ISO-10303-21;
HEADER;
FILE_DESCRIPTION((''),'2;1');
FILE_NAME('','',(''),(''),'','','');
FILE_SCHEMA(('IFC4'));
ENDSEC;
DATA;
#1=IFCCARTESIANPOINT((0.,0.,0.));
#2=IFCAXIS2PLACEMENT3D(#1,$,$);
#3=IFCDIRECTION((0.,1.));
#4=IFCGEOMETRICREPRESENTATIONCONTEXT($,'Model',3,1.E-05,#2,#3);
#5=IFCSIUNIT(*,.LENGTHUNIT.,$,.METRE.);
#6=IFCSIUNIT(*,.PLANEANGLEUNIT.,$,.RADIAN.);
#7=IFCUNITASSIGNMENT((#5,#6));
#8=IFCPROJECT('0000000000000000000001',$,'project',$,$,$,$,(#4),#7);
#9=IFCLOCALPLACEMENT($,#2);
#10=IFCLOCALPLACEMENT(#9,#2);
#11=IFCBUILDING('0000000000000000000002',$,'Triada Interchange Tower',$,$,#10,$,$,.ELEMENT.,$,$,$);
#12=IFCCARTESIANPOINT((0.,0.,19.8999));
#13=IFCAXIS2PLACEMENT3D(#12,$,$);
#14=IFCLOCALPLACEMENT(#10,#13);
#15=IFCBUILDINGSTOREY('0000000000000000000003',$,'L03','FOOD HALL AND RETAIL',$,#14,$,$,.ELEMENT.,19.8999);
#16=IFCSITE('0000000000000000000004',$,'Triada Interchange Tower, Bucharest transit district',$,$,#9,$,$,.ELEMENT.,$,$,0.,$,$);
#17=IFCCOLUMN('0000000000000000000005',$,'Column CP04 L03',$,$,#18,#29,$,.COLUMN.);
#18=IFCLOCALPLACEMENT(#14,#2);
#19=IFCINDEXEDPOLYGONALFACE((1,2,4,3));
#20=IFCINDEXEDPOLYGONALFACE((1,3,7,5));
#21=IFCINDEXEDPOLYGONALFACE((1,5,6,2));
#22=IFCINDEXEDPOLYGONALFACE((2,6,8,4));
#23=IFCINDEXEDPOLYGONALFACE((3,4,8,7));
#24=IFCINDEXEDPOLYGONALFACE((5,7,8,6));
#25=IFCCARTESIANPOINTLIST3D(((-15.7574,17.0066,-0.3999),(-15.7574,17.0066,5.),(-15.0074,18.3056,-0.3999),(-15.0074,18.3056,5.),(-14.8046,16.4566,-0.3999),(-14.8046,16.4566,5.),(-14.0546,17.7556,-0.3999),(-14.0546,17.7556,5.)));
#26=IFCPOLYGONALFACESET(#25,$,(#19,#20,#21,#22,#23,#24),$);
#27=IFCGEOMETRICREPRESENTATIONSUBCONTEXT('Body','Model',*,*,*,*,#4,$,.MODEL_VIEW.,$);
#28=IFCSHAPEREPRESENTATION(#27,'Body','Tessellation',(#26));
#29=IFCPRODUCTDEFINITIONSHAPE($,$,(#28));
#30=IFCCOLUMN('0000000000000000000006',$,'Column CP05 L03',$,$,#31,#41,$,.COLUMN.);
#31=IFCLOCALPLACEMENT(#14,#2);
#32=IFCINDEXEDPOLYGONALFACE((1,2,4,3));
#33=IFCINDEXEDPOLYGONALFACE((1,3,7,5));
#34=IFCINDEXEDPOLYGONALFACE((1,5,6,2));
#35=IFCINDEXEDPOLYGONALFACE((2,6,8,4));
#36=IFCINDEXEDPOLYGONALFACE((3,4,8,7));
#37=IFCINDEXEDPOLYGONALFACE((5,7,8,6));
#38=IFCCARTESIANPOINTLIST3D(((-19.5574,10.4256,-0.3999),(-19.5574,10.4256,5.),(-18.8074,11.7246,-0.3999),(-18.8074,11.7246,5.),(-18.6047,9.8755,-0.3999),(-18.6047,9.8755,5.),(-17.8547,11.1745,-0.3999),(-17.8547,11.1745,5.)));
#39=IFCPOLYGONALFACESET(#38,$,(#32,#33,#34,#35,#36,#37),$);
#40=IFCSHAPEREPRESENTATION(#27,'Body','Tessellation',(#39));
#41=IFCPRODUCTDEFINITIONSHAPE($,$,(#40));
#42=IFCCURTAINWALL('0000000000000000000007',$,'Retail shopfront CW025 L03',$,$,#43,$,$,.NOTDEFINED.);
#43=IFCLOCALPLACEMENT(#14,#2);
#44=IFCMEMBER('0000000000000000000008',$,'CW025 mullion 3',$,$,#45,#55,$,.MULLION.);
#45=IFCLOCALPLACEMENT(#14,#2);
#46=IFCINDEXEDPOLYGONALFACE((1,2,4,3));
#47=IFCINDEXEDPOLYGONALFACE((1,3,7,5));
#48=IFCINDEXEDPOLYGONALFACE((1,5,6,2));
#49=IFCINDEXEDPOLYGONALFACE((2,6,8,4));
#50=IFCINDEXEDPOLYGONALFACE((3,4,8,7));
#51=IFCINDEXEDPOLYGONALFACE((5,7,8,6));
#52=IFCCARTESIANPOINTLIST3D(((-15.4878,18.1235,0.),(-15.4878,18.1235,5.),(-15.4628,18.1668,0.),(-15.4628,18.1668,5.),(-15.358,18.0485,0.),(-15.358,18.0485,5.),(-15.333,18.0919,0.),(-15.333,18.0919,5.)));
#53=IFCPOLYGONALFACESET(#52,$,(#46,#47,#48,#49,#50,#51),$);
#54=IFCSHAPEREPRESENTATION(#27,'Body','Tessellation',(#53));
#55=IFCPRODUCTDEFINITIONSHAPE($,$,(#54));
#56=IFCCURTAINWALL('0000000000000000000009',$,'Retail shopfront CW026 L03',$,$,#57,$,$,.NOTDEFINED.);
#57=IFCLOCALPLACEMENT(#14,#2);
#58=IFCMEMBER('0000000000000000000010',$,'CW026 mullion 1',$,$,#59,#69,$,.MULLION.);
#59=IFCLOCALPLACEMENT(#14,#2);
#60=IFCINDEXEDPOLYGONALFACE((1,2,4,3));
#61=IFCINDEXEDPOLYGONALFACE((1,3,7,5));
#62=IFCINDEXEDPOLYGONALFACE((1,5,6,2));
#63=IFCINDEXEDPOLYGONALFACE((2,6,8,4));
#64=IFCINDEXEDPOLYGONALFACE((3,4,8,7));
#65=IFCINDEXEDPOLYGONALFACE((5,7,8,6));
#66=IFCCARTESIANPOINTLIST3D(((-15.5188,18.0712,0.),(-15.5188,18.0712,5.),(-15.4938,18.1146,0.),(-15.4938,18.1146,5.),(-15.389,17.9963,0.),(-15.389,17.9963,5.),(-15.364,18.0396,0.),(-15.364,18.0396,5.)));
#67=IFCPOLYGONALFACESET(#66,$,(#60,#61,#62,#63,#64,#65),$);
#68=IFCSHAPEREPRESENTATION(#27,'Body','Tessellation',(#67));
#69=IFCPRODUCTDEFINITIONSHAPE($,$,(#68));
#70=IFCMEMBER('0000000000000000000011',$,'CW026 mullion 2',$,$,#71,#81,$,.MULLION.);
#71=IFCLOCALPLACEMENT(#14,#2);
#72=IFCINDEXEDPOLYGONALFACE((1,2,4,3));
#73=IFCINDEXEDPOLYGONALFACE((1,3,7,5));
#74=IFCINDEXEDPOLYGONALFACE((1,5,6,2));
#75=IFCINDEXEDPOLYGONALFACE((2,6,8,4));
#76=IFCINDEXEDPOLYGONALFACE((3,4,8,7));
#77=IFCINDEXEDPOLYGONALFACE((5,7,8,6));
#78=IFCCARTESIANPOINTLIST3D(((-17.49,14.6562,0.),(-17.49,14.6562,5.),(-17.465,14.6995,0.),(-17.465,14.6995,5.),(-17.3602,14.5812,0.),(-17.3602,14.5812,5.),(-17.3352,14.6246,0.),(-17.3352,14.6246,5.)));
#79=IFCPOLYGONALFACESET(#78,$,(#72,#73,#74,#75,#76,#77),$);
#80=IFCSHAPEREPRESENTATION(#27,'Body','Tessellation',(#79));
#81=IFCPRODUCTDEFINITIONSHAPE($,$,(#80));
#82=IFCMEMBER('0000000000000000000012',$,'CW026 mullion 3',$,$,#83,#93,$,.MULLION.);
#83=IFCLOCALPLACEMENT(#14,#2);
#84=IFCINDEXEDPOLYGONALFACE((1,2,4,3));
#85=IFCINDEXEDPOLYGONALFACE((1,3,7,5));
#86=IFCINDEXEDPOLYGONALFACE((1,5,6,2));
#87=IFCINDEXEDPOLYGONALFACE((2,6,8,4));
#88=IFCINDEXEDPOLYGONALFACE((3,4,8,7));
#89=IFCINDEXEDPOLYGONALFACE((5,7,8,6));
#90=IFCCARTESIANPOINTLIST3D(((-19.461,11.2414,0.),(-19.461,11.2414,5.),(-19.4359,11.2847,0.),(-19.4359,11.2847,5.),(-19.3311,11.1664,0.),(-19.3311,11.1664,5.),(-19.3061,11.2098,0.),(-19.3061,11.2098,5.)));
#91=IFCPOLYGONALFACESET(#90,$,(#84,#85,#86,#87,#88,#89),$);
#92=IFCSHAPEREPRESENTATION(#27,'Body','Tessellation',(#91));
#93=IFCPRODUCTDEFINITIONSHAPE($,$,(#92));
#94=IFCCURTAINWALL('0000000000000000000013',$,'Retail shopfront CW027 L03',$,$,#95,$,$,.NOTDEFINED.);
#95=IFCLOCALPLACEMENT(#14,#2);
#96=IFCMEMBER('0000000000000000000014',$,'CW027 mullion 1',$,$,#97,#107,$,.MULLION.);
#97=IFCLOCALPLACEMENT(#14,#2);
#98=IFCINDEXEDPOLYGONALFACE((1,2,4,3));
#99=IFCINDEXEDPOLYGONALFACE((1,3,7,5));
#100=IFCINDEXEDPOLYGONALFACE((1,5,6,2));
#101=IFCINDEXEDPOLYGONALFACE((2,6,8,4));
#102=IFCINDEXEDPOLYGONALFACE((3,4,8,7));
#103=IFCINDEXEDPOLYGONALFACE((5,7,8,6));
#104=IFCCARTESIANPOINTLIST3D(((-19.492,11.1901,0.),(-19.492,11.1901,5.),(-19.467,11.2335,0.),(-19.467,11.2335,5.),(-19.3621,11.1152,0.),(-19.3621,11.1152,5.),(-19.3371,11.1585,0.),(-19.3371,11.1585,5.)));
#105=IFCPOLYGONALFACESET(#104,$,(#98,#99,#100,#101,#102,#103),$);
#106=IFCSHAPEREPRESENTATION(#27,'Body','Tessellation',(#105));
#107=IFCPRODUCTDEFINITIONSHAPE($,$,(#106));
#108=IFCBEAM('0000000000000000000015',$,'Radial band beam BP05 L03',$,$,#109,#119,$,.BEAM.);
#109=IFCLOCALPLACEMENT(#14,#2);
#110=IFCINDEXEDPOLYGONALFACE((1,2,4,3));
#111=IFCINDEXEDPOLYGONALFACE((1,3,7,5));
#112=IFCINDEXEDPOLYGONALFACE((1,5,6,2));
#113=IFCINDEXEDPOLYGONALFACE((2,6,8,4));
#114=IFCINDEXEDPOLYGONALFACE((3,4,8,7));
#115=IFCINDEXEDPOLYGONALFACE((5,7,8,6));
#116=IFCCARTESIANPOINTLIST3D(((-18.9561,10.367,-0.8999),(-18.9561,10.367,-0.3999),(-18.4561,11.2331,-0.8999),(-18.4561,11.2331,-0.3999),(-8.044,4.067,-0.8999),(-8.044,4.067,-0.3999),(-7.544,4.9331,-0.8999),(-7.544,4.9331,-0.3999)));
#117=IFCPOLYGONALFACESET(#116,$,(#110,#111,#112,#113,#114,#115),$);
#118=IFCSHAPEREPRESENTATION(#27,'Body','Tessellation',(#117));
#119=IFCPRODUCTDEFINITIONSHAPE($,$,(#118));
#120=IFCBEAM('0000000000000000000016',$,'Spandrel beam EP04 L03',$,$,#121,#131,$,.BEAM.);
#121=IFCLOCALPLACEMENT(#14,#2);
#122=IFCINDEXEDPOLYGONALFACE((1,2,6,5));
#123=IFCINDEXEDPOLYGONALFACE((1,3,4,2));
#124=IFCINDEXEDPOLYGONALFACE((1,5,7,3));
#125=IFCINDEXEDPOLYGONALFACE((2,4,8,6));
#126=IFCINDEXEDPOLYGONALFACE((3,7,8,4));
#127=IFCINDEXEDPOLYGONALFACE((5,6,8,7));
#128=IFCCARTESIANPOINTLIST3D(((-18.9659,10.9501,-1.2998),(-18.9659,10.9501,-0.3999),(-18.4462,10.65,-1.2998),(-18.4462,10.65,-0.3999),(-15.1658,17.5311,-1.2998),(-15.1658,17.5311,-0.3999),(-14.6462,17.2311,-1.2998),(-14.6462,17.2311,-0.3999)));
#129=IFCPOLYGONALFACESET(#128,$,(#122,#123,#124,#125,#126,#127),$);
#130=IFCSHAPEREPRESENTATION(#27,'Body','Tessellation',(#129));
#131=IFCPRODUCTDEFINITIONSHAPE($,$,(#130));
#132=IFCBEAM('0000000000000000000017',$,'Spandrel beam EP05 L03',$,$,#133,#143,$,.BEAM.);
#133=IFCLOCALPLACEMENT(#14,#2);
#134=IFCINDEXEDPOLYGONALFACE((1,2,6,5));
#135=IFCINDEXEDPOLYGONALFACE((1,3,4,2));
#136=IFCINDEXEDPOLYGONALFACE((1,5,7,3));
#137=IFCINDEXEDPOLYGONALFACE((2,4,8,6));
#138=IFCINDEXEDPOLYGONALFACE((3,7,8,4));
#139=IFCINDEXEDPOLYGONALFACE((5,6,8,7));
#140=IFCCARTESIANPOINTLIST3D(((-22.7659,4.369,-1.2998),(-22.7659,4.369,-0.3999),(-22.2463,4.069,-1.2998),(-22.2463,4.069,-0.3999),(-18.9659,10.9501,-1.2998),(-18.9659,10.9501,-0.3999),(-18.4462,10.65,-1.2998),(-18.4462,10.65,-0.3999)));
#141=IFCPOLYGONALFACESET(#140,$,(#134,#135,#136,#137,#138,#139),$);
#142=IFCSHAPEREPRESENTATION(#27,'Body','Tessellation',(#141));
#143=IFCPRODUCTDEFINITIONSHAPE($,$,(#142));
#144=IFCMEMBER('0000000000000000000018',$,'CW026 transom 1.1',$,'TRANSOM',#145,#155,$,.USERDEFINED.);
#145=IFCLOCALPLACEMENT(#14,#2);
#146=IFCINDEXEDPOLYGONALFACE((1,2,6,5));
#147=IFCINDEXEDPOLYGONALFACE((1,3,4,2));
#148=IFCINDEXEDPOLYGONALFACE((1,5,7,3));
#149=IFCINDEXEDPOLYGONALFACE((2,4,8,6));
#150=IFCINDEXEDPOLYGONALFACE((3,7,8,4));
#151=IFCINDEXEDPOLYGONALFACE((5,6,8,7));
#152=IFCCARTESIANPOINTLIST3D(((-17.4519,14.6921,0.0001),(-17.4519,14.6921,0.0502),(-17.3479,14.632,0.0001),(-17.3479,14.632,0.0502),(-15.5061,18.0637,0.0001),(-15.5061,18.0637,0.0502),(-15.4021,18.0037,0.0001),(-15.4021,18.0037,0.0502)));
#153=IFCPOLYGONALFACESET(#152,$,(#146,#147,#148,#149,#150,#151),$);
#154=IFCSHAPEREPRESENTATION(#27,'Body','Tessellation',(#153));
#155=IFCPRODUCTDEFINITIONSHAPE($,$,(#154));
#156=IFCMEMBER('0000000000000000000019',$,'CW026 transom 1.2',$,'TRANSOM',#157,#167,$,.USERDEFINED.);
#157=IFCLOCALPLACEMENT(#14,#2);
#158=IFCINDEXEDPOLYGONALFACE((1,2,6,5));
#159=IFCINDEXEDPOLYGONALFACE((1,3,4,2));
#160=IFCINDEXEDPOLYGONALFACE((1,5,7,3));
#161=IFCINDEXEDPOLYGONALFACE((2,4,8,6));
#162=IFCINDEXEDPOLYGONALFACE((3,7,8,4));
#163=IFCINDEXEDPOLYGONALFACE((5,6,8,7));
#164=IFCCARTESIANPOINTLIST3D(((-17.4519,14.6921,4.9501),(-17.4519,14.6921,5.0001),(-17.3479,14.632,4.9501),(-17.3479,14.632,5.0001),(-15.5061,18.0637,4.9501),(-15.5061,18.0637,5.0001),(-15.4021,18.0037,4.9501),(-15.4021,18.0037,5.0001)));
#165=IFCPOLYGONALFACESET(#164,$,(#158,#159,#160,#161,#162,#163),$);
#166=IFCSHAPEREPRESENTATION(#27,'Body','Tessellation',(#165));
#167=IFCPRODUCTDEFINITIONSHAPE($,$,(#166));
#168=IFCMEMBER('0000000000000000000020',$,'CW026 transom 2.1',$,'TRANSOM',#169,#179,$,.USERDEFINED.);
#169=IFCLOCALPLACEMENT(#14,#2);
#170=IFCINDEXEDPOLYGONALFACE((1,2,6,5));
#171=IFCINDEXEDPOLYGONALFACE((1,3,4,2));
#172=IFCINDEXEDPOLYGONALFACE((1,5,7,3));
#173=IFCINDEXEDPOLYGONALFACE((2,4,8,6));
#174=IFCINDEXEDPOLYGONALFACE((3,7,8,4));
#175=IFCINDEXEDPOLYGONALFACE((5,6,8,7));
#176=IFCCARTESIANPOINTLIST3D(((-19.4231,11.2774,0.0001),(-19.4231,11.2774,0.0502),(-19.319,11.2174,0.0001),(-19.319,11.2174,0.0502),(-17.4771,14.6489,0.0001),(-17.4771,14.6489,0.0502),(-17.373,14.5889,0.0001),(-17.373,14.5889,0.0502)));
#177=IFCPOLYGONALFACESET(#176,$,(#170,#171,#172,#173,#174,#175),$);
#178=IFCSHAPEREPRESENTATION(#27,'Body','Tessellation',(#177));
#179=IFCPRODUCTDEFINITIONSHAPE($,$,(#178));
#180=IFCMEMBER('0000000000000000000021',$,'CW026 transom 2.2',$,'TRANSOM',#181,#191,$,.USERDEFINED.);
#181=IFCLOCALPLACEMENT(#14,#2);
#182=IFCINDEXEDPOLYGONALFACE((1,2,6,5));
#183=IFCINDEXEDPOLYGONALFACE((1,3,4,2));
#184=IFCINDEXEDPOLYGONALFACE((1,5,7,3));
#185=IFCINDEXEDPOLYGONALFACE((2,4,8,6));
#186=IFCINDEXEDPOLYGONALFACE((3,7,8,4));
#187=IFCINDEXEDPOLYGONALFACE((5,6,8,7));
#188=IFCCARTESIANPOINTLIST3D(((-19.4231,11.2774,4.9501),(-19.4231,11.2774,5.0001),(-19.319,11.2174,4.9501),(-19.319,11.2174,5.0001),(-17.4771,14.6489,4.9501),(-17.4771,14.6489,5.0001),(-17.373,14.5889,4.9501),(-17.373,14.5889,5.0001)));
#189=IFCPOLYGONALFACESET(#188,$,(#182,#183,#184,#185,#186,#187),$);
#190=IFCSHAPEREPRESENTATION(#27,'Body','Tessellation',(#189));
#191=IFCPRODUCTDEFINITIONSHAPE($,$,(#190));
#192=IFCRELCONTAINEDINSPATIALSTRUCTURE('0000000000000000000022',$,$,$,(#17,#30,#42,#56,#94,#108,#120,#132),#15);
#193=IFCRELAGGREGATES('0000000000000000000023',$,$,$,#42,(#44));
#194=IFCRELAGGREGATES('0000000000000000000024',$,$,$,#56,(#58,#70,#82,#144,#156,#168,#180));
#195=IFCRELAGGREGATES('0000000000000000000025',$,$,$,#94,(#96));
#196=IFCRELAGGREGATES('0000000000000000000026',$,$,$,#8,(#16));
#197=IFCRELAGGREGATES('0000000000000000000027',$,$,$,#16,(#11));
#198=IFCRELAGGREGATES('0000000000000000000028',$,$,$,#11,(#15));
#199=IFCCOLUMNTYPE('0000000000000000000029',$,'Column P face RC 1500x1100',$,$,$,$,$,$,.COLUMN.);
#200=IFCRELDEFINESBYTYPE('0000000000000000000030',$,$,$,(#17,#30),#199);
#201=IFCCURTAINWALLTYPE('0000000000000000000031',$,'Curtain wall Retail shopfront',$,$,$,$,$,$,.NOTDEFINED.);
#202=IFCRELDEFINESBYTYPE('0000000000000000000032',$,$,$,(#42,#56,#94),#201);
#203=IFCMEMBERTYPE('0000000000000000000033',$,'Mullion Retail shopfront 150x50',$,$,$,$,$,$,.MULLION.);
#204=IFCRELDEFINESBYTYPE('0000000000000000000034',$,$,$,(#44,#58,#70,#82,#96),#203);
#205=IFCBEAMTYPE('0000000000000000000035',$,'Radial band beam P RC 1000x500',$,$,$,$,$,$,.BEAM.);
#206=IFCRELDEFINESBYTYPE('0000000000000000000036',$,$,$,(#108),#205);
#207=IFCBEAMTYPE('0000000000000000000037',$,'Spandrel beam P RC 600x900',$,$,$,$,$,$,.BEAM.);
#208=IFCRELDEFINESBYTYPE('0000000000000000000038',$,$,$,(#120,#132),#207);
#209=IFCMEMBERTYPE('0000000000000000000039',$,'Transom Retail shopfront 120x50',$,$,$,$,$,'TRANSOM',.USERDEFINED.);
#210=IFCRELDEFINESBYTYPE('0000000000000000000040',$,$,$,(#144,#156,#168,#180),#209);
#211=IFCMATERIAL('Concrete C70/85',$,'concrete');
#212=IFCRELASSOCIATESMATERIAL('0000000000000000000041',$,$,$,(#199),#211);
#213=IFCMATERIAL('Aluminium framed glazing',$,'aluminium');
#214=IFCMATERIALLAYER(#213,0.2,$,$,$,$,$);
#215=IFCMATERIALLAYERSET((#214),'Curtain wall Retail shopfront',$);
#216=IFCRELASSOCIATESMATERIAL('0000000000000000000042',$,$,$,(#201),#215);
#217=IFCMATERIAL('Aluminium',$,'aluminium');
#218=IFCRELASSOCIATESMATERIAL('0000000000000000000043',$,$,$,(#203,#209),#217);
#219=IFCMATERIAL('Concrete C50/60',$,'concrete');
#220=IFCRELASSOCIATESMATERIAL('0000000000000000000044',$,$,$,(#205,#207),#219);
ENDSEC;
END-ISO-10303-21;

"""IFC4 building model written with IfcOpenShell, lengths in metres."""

from ifc_helpers import new_model, si_unit, direction, frame, origin, origin_2d, place, context, subcontext, project, spatial, rectangle, extrude, material, layer, layer_set, material_profile, profile_set, type_object, element, aggregate, save


model = new_model("IFC4")

# Units and contexts
model_context = context("Model", 3, precision=1e-05, world=origin(), true_north=direction((0.0, 1.0)))
body_context = subcontext(model_context, "Body", "Model", "MODEL_VIEW")
ifc_project = project(units=[si_unit("LENGTHUNIT", "METRE"), si_unit("PLANEANGLEUNIT", "RADIAN")], contexts=[model_context])

# Site, building, storey
site_placement = place(None, origin())
site = spatial("IfcSite", under=ifc_project, at=site_placement, Name="Triada Interchange Tower, Bucharest transit district", CompositionType="ELEMENT", RefElevation=0.0)
building_placement = place(site_placement, origin())
building = spatial("IfcBuilding", under=site, at=building_placement, Name="Triada Interchange Tower", CompositionType="ELEMENT")
storey_placement = place(building_placement, frame((0.0, 0.0, 19.8999)))
storey = spatial("IfcBuildingStorey", under=building, at=storey_placement, Name="L03", Description="FOOD HALL AND RETAIL", CompositionType="ELEMENT", Elevation=19.8999)

# Columns
ifc_material_1 = material(Name="Concrete C70/85", Category="concrete")
ifc_material_profile_1 = material_profile(ifc_material_1, rectangle(XDim=1.5, YDim=1.1001, at=origin_2d()), Name="RC 1500x1100")
ifc_profile_set_1 = profile_set([ifc_material_profile_1], Name="Concrete C70/85")
column_type = type_object("IfcColumnType", Name="Column P face RC 1500x1100", PredefinedType="COLUMN", material=ifc_profile_set_1)
for number, where, z_axis, x_axis, name in (
    (1, (-14.906, 17.3811, -0.3999), (0.0, 0.0, 1.0), (0.5, 0.866025, 0.0), "Column CP04 L03"),
    (2, (-18.7061, 10.8, -0.3999), (0.0, 0.0, 1.0), (0.5, 0.866025, 0.0), "Column CP05 L03"),
):
    element("IfcColumn", number, at=place(storey_placement, frame(where, z_axis=z_axis, x_axis=x_axis)), inside=storey, type_object=column_type, Name=name, PredefinedType="COLUMN", context=body_context, shape_type="SweptSolid", body=[
        extrude(rectangle(XDim=1.5, YDim=1.1001, at=origin_2d()), origin(), (0.0, 0.0, 1.0), 5.3999),
    ])

# Curtain wall, member
ifc_material_2 = material(Name="Aluminium framed glazing", Category="aluminium")
ifc_layer_1 = layer(ifc_material_2, 0.2)
ifc_layer_set_1 = layer_set([ifc_layer_1], Name="Curtain wall Retail shopfront")
curtain_wall_type = type_object("IfcCurtainWallType", Name="Curtain wall Retail shopfront", PredefinedType="NOTDEFINED", material=ifc_layer_set_1)
curtain_wall_1_placement = place(storey_placement, origin())
curtain_wall_1 = element("IfcCurtainWall", 3, at=curtain_wall_1_placement, inside=storey, type_object=curtain_wall_type, Name="Retail shopfront CW025 L03", PredefinedType="NOTDEFINED")
ifc_material_3 = material(Name="Aluminium", Category="aluminium")
ifc_material_profile_2 = material_profile(ifc_material_3, rectangle(XDim=0.1499, YDim=0.05, at=origin_2d()), Name="Aluminium mullion")
ifc_profile_set_2 = profile_set([ifc_material_profile_2], Name="Aluminium")
member_type_1 = type_object("IfcMemberType", Name="Mullion Retail shopfront 150x50", PredefinedType="MULLION", material=ifc_profile_set_2)
member_1_placement = place(storey_placement, frame((-15.4104, 18.1077, 0.0), z_axis=(0.0, 0.0, 1.0), x_axis=(0.866055, -0.499948, 0.0)))
member_1 = element("IfcMember", 4, at=member_1_placement, type_object=member_type_1, Name="CW025 mullion 3", PredefinedType="MULLION", context=body_context, shape_type="SweptSolid", body=[
    extrude(rectangle(XDim=0.1499, YDim=0.05, at=origin_2d()), origin(), (0.0, 0.0, 1.0), 5.0),
])
aggregate(curtain_wall_1, [member_1])

# Curtain wall, members
curtain_wall_2_placement = place(storey_placement, origin())
curtain_wall_2 = element("IfcCurtainWall", 5, at=curtain_wall_2_placement, inside=storey, type_object=curtain_wall_type, Name="Retail shopfront CW026 L03", PredefinedType="NOTDEFINED")
member_2_placement = place(storey_placement, frame((-15.4414, 18.0554, 0.0), z_axis=(0.0, 0.0, 1.0), x_axis=(0.866087, -0.499893, 0.0)))
member_2 = element("IfcMember", 6, at=member_2_placement, type_object=member_type_1, Name="CW026 mullion 1", PredefinedType="MULLION", context=body_context, shape_type="SweptSolid", body=[
    extrude(rectangle(XDim=0.1499, YDim=0.05, at=origin_2d()), origin(), (0.0, 0.0, 1.0), 5.0),
])
member_3_placement = place(storey_placement, frame((-17.4126, 14.6404, 0.0), z_axis=(0.0, 0.0, 1.0), x_axis=(0.866087, -0.499893, 0.0)))
member_3 = element("IfcMember", 7, at=member_3_placement, type_object=member_type_1, Name="CW026 mullion 2", PredefinedType="MULLION", context=body_context, shape_type="SweptSolid", body=[
    extrude(rectangle(XDim=0.1499, YDim=0.05, at=origin_2d()), origin(), (0.0, 0.0, 1.0), 5.0),
])
member_4_placement = place(storey_placement, frame((-19.3835, 11.2256, 0.0), z_axis=(0.0, 0.0, 1.0), x_axis=(0.866087, -0.499893, 0.0)))
member_4 = element("IfcMember", 8, at=member_4_placement, type_object=member_type_1, Name="CW026 mullion 3", PredefinedType="MULLION", context=body_context, shape_type="SweptSolid", body=[
    extrude(rectangle(XDim=0.1499, YDim=0.05, at=origin_2d()), origin(), (0.0, 0.0, 1.0), 5.0),
])

# Curtain wall, member
curtain_wall_3_placement = place(storey_placement, origin())
curtain_wall_3 = element("IfcCurtainWall", 9, at=curtain_wall_3_placement, inside=storey, type_object=curtain_wall_type, Name="Retail shopfront CW027 L03", PredefinedType="NOTDEFINED")
member_5_placement = place(storey_placement, frame((-19.4146, 11.1743, 0.0), z_axis=(0.0, 0.0, 1.0), x_axis=(0.866087, -0.499893, 0.0)))
member_5 = element("IfcMember", 10, at=member_5_placement, type_object=member_type_1, Name="CW027 mullion 1", PredefinedType="MULLION", context=body_context, shape_type="SweptSolid", body=[
    extrude(rectangle(XDim=0.1499, YDim=0.05, at=origin_2d()), origin(), (0.0, 0.0, 1.0), 5.0),
])

# Beams
ifc_material_4 = material(Name="Concrete C50/60", Category="concrete")
ifc_material_profile_3 = material_profile(ifc_material_4, rectangle(XDim=1.0, YDim=0.5, at=origin_2d()), Name="RC 1000x500")
ifc_profile_set_3 = profile_set([ifc_material_profile_3], Name="Concrete C50/60")
beam_type_1 = type_object("IfcBeamType", Name="Radial band beam P RC 1000x500", PredefinedType="BEAM", material=ifc_profile_set_3)
beam_placement = place(storey_placement, frame((-18.7061, 10.8, -0.6499), z_axis=(0.866027, -0.499996, 0.0), x_axis=(0.499996, 0.866027, 0.0)))
element("IfcBeam", 11, at=beam_placement, inside=storey, type_object=beam_type_1, Name="Radial band beam BP05 L03", PredefinedType="BEAM", context=body_context, shape_type="SweptSolid", body=[
    extrude(rectangle(XDim=1.0, YDim=0.5, at=origin_2d()), origin(), (0.0, 0.0, 1.0), 12.6001),
])
ifc_material_profile_4 = material_profile(ifc_material_4, rectangle(XDim=0.6001, YDim=0.8999, at=origin_2d()), Name="RC 600x900")
ifc_profile_set_4 = profile_set([ifc_material_profile_4], Name="Concrete C50/60")
beam_type_2 = type_object("IfcBeamType", Name="Spandrel beam P RC 600x900", PredefinedType="BEAM", material=ifc_profile_set_4)
for number, where, z_axis, x_axis, name in (
    (12, (-14.906, 17.3811, -0.8499), (-0.500047, -0.865998, 0.0), (0.865998, -0.500047, 0.0), "Spandrel beam EP04 L03"),
    (13, (-18.7061, 10.8, -0.8499), (-0.500047, -0.865998, 0.0), (0.865998, -0.500047, 0.0), "Spandrel beam EP05 L03"),
):
    element("IfcBeam", number, at=place(storey_placement, frame(where, z_axis=z_axis, x_axis=x_axis)), inside=storey, type_object=beam_type_2, Name=name, PredefinedType="BEAM", context=body_context, shape_type="SweptSolid", body=[
        extrude(rectangle(XDim=0.6001, YDim=0.8999, at=origin_2d()), origin(), (0.0, 0.0, 1.0), 7.5994),
    ])

# Members
ifc_material_profile_5 = material_profile(ifc_material_3, rectangle(XDim=0.1201, YDim=0.05, at=origin_2d()), Name="Aluminium transom")
ifc_profile_set_5 = profile_set([ifc_material_profile_5], Name="Aluminium")
member_type_2 = type_object("IfcMemberType", Name="Transom Retail shopfront 120x50", ElementType="TRANSOM", PredefinedType="USERDEFINED", material=ifc_profile_set_5)
member_6_placement = place(storey_placement, frame((-15.4541, 18.0337, 0.0251), z_axis=(-0.499849, -0.866112, 0.0), x_axis=(0.866112, -0.499849, 0.0)))
member_6 = element("IfcMember", 14, at=member_6_placement, type_object=member_type_2, Name="CW026 transom 1.1", ObjectType="TRANSOM", PredefinedType="USERDEFINED", context=body_context, shape_type="SweptSolid", body=[
    extrude(rectangle(XDim=0.1201, YDim=0.05, at=origin_2d()), origin(), (0.0, 0.0, 1.0), 3.8928),
])
member_7_placement = place(storey_placement, frame((-15.4541, 18.0337, 4.9751), z_axis=(-0.499849, -0.866112, 0.0), x_axis=(0.866112, -0.499849, 0.0)))
member_7 = element("IfcMember", 15, at=member_7_placement, type_object=member_type_2, Name="CW026 transom 1.2", ObjectType="TRANSOM", PredefinedType="USERDEFINED", context=body_context, shape_type="SweptSolid", body=[
    extrude(rectangle(XDim=0.1201, YDim=0.05, at=origin_2d()), origin(), (0.0, 0.0, 1.0), 3.8928),
])
member_8_placement = place(storey_placement, frame((-17.425, 14.6189, 0.0251), z_axis=(-0.499896, -0.866085, 0.0), x_axis=(0.866085, -0.499896, 0.0)))
member_8 = element("IfcMember", 16, at=member_8_placement, type_object=member_type_2, Name="CW026 transom 2.1", ObjectType="TRANSOM", PredefinedType="USERDEFINED", context=body_context, shape_type="SweptSolid", body=[
    extrude(rectangle(XDim=0.1201, YDim=0.05, at=origin_2d()), origin(), (0.0, 0.0, 1.0), 3.8928),
])
member_9_placement = place(storey_placement, frame((-17.425, 14.6189, 4.9751), z_axis=(-0.499896, -0.866085, 0.0), x_axis=(0.866085, -0.499896, 0.0)))
member_9 = element("IfcMember", 17, at=member_9_placement, type_object=member_type_2, Name="CW026 transom 2.2", ObjectType="TRANSOM", PredefinedType="USERDEFINED", context=body_context, shape_type="SweptSolid", body=[
    extrude(rectangle(XDim=0.1201, YDim=0.05, at=origin_2d()), origin(), (0.0, 0.0, 1.0), 3.8928),
])

aggregate(curtain_wall_2, [member_2, member_3, member_4, member_6, member_7, member_8, member_9])
aggregate(curtain_wall_3, [member_5])

save(model, "model.ifc")
